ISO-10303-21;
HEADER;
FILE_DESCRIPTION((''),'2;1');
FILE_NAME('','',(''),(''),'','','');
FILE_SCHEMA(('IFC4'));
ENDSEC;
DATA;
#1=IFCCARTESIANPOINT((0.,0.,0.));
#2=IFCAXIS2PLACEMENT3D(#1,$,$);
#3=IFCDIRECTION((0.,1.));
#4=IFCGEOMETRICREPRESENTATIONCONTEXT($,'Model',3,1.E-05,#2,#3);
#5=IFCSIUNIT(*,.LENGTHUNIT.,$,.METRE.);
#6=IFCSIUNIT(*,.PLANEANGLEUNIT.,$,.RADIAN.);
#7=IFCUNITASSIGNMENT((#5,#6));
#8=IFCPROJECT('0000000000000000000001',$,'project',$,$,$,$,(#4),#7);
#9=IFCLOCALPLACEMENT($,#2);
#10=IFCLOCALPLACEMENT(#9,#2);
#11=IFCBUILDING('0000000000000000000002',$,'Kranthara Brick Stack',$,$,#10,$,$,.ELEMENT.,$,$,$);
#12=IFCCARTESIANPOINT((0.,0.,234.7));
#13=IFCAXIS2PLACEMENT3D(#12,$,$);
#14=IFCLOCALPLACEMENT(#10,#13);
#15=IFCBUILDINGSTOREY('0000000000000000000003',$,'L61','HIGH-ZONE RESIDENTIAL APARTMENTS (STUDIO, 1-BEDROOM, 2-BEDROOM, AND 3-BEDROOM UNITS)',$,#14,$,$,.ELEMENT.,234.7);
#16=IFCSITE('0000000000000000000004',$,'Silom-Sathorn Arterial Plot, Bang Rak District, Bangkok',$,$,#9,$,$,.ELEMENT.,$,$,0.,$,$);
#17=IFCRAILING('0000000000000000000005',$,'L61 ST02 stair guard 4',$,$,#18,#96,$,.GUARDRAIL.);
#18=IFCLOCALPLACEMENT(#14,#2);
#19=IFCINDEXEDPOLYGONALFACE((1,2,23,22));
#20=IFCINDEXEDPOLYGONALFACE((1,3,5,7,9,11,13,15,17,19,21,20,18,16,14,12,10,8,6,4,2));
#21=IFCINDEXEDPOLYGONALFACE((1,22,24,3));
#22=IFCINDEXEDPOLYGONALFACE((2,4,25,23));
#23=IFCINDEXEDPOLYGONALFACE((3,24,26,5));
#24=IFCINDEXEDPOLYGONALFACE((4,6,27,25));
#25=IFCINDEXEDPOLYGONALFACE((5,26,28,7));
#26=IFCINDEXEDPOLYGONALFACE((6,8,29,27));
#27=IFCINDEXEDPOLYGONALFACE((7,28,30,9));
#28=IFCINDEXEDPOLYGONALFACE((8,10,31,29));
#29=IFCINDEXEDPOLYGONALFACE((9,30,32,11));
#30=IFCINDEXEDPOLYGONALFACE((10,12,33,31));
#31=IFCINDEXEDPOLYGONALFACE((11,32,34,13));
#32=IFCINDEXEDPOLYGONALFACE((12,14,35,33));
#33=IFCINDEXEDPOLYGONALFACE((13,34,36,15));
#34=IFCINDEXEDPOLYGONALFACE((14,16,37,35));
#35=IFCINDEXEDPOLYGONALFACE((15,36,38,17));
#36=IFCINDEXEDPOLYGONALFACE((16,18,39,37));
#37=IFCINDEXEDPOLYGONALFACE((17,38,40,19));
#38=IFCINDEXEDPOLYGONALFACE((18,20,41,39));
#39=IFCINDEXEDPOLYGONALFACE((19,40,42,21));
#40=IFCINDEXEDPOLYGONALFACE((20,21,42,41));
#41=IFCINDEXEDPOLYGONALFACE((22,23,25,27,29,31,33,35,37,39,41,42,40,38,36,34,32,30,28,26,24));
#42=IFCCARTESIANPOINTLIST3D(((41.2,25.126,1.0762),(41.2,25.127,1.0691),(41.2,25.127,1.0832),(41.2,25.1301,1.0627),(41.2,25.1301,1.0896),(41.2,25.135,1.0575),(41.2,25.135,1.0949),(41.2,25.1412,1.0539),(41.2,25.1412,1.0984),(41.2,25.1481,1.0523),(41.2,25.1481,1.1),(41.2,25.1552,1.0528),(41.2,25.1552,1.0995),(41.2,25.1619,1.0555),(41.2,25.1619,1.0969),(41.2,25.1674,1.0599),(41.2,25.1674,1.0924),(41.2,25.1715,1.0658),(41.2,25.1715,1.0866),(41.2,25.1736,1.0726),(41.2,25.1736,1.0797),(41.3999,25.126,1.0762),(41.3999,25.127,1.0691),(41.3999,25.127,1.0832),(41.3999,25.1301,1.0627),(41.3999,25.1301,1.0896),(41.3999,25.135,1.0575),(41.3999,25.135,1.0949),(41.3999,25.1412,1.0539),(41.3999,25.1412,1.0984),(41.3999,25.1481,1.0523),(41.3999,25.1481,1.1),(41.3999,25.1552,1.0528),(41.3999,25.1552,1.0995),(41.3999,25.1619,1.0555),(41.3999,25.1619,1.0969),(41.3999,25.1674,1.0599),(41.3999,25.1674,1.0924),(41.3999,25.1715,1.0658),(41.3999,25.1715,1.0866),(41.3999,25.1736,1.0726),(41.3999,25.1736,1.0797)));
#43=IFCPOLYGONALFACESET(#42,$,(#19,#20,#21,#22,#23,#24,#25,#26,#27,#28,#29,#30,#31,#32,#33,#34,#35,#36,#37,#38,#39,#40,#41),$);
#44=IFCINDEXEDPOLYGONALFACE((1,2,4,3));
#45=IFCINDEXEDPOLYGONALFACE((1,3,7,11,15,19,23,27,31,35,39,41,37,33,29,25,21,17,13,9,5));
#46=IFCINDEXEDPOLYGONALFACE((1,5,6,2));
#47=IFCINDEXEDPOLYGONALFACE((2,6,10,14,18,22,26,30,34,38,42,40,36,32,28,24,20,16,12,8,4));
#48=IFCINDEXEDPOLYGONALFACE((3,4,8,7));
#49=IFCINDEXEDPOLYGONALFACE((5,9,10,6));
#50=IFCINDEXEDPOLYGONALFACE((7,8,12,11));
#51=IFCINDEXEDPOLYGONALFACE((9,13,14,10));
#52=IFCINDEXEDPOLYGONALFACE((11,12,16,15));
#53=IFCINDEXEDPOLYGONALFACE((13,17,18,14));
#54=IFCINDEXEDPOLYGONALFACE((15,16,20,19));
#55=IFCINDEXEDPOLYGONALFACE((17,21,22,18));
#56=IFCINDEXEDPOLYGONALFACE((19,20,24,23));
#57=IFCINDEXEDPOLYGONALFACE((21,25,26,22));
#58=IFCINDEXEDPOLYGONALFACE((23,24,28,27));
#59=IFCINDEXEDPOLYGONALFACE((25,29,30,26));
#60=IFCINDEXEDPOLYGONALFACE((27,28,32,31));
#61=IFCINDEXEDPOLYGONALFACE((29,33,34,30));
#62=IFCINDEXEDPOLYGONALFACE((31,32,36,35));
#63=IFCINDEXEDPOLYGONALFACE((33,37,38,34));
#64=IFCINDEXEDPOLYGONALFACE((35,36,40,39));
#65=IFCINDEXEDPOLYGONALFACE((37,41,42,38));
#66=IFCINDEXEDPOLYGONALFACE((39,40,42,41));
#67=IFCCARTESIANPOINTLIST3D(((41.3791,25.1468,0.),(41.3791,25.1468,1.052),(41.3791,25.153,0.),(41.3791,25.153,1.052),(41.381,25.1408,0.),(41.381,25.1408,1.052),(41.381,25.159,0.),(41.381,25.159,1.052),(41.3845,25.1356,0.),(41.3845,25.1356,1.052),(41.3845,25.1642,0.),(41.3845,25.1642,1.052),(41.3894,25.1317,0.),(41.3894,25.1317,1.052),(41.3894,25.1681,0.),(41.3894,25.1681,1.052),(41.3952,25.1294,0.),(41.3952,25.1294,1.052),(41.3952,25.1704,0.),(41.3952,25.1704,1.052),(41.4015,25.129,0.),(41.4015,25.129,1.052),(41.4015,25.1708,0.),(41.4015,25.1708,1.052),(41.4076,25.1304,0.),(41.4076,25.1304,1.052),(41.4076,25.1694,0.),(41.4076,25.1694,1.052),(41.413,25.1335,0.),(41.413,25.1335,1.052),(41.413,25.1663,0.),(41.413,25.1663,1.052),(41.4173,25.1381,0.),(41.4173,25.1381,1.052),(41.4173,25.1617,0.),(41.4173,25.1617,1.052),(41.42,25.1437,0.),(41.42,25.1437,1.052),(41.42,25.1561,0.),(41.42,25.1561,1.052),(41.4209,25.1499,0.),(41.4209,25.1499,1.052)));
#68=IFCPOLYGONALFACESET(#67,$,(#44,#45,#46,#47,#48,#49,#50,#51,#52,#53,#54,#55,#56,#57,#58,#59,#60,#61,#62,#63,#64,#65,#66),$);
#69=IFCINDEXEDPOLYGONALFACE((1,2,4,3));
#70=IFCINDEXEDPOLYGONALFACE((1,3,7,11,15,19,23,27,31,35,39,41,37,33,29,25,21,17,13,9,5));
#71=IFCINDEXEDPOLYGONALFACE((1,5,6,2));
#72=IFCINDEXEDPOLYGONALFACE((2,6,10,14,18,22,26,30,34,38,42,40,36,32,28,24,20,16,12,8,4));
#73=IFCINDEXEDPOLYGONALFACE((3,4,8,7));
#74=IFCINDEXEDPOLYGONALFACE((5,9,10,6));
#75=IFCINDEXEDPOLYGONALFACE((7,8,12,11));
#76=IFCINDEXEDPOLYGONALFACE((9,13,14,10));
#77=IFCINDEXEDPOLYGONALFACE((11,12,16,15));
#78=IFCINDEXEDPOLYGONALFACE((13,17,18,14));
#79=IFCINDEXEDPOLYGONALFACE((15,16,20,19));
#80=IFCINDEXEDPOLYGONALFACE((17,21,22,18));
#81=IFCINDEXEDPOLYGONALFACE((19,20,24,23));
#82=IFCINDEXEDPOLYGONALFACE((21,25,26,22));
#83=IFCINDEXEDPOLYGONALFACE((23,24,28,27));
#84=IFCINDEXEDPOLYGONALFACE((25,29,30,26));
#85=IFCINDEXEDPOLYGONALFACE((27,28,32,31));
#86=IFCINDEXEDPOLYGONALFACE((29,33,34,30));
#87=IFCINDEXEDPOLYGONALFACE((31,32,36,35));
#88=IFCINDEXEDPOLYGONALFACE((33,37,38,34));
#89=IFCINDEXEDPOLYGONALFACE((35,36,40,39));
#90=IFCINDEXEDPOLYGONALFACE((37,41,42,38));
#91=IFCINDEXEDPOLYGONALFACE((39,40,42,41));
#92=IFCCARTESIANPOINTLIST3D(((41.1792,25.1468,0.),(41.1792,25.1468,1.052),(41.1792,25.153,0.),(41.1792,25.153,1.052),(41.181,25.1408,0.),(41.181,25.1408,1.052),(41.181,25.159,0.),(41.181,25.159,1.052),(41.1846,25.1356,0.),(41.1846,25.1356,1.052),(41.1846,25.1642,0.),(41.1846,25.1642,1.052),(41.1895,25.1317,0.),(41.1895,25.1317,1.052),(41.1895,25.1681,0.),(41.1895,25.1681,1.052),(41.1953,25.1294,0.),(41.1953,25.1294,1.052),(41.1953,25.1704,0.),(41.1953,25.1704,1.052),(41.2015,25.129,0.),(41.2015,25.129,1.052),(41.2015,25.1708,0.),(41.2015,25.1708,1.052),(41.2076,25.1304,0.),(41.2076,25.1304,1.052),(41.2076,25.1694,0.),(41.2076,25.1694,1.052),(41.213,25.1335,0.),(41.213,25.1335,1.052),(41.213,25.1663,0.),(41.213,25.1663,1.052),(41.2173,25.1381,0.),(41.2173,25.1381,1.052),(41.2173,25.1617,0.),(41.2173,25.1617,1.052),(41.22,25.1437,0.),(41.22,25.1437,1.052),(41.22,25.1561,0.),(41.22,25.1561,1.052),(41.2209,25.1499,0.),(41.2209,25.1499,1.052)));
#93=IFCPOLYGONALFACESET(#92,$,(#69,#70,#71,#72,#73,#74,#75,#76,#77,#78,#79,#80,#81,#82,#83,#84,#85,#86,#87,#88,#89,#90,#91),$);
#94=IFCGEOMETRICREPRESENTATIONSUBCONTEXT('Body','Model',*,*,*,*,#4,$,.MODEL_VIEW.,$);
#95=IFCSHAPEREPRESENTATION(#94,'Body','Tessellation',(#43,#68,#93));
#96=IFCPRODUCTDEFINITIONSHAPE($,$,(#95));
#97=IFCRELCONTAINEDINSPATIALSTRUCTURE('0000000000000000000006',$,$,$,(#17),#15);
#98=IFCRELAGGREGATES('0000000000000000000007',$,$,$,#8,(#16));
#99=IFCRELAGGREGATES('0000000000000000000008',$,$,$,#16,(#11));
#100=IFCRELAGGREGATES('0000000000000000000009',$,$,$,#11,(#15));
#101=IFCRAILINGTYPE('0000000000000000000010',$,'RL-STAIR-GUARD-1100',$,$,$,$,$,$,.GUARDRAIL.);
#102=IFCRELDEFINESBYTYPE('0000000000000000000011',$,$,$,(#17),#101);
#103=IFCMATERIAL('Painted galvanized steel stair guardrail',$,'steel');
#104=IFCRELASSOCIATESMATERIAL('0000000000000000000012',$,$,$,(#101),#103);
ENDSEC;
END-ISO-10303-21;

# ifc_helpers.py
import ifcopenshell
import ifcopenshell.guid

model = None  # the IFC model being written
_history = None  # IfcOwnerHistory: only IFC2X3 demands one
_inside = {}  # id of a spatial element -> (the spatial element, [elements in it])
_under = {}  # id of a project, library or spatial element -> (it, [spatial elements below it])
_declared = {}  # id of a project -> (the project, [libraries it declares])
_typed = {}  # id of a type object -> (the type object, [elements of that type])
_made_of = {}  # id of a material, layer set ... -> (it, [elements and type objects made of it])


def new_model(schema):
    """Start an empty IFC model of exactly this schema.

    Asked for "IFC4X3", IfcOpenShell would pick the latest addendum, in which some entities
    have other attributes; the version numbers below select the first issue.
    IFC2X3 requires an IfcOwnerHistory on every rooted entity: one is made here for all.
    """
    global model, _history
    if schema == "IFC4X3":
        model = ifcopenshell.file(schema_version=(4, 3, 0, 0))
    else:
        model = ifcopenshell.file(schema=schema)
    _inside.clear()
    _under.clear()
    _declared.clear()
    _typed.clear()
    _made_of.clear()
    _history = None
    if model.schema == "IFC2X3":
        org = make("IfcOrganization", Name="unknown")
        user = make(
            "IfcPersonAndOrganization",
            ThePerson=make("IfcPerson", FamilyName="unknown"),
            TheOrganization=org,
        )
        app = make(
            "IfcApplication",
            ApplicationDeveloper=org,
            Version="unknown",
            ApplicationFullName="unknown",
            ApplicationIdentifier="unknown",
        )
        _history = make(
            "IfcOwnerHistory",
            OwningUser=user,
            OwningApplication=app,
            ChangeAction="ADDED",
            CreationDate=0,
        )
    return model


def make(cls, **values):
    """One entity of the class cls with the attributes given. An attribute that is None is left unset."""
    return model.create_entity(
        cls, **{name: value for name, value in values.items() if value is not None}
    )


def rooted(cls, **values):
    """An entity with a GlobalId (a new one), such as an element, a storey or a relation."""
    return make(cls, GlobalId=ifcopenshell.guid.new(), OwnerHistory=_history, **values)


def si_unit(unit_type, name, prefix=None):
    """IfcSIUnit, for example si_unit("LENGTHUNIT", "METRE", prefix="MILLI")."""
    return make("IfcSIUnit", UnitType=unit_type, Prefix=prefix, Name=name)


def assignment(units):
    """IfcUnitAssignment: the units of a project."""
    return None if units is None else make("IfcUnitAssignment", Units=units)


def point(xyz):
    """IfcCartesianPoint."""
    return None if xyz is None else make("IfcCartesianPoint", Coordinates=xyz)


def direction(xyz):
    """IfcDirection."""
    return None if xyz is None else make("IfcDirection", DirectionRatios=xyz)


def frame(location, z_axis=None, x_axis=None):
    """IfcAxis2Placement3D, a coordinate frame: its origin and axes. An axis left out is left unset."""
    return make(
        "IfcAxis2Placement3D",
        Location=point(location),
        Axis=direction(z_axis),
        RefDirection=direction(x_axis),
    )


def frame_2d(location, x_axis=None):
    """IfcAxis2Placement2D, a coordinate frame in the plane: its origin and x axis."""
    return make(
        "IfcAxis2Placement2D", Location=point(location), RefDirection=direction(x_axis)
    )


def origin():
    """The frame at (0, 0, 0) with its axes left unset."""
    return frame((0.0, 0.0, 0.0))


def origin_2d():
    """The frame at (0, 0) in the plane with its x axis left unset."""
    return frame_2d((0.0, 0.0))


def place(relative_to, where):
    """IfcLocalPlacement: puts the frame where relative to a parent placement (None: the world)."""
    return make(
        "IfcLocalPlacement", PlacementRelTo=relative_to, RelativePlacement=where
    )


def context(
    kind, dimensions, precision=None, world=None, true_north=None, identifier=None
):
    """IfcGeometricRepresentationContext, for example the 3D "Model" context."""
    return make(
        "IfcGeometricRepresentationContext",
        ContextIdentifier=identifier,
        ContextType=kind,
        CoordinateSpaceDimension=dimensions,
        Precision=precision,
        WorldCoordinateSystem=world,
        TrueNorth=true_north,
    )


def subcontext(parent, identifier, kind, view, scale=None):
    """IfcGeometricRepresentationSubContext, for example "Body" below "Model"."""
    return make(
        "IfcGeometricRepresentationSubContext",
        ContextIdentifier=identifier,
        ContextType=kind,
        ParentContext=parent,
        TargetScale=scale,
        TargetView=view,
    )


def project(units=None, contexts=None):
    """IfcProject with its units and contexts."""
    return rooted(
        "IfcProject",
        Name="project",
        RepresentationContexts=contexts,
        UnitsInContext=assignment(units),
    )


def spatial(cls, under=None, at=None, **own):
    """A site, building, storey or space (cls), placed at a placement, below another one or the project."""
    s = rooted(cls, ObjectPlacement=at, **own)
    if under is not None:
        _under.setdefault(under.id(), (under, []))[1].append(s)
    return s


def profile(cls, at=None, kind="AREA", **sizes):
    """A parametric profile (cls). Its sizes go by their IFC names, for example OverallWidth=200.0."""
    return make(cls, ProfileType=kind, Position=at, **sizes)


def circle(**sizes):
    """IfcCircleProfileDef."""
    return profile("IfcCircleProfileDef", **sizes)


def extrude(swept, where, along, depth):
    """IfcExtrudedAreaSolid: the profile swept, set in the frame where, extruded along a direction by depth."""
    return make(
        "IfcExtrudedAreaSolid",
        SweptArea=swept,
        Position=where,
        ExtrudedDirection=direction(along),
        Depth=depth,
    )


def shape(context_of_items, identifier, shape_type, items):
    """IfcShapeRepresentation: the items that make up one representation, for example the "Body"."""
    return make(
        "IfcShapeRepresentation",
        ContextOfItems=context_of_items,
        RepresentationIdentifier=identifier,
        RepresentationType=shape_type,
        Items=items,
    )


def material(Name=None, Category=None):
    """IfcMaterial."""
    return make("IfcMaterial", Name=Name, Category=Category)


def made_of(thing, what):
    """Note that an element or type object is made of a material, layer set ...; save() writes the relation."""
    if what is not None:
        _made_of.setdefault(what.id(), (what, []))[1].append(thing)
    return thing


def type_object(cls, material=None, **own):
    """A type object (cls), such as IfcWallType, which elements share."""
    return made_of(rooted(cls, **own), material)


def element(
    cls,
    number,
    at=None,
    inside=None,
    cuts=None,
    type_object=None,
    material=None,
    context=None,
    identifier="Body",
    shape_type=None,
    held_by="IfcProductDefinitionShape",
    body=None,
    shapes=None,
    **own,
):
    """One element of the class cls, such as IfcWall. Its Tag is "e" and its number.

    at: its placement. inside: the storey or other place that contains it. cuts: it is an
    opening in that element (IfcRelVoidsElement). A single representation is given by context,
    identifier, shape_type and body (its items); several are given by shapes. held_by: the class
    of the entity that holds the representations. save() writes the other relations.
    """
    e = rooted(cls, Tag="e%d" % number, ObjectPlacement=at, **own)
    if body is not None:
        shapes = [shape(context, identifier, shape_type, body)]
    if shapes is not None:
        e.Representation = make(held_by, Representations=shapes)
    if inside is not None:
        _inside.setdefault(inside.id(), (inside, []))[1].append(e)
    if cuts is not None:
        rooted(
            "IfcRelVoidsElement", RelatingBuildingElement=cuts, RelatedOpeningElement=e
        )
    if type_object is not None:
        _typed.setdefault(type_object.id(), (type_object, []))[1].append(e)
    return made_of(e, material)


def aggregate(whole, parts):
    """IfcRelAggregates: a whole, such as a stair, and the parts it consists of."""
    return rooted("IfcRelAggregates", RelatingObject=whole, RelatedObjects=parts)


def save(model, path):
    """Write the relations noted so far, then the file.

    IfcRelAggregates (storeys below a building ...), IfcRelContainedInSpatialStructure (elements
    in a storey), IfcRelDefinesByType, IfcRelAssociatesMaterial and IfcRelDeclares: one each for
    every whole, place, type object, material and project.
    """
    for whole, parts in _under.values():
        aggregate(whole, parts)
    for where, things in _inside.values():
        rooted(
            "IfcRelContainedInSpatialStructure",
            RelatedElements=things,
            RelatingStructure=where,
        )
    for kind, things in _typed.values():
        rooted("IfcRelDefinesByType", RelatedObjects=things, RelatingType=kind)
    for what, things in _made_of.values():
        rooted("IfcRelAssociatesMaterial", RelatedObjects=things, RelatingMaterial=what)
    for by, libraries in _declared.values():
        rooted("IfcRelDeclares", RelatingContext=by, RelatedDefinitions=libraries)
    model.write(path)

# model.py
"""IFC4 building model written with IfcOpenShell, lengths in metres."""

from ifc_helpers import new_model, si_unit, direction, frame, origin, origin_2d, place, context, subcontext, project, spatial, circle, extrude, material, type_object, element, save


model = new_model("IFC4")

# Units and contexts
model_context = context("Model", 3, precision=1e-05, world=origin(), true_north=direction((0.0, 1.0)))
body_context = subcontext(model_context, "Body", "Model", "MODEL_VIEW")
ifc_project = project(units=[si_unit("LENGTHUNIT", "METRE"), si_unit("PLANEANGLEUNIT", "RADIAN")], contexts=[model_context])

# Site, building, storey
site_placement = place(None, origin())
site = spatial("IfcSite", under=ifc_project, at=site_placement, Name="Silom-Sathorn Arterial Plot, Bang Rak District, Bangkok", CompositionType="ELEMENT", RefElevation=0.0)
building_placement = place(site_placement, origin())
building = spatial("IfcBuilding", under=site, at=building_placement, Name="Kranthara Brick Stack", CompositionType="ELEMENT")
storey_placement = place(building_placement, frame((0.0, 0.0, 234.7)))
storey = spatial("IfcBuildingStorey", under=building, at=storey_placement, Name="L61", Description="HIGH-ZONE RESIDENTIAL APARTMENTS (STUDIO, 1-BEDROOM, 2-BEDROOM, AND 3-BEDROOM UNITS)", CompositionType="ELEMENT", Elevation=234.7)

# Railing
ifc_material_1 = material(Name="Painted galvanized steel stair guardrail", Category="steel")
railing_type_1 = type_object("IfcRailingType", Name="RL-STAIR-GUARD-1100", PredefinedType="GUARDRAIL", material=ifc_material_1)
railing_1_placement = place(storey_placement, frame((41.3999, 25.1499, 0.0)))
element("IfcRailing", 1, at=railing_1_placement, inside=storey, type_object=railing_type_1, Name="L61 ST02 stair guard 4", PredefinedType="GUARDRAIL", context=body_context, shape_type="SweptSolid", body=[
    extrude(circle(Radius=0.0239, at=origin_2d()), frame((0.0, 0.0, 1.0762), z_axis=(-1.0, 0.0, 0.0), x_axis=(0.0, -1.0, 0.0)), (0.0, 0.0, 1.0), 0.2),
    extrude(circle(Radius=0.021, at=origin_2d()), origin(), (0.0, 0.0, 1.0), 1.052),
    extrude(circle(Radius=0.021, at=origin_2d()), frame((-0.2, 0.0, 0.0)), (0.0, 0.0, 1.0), 1.052),
])

save(model, "model.ifc")
